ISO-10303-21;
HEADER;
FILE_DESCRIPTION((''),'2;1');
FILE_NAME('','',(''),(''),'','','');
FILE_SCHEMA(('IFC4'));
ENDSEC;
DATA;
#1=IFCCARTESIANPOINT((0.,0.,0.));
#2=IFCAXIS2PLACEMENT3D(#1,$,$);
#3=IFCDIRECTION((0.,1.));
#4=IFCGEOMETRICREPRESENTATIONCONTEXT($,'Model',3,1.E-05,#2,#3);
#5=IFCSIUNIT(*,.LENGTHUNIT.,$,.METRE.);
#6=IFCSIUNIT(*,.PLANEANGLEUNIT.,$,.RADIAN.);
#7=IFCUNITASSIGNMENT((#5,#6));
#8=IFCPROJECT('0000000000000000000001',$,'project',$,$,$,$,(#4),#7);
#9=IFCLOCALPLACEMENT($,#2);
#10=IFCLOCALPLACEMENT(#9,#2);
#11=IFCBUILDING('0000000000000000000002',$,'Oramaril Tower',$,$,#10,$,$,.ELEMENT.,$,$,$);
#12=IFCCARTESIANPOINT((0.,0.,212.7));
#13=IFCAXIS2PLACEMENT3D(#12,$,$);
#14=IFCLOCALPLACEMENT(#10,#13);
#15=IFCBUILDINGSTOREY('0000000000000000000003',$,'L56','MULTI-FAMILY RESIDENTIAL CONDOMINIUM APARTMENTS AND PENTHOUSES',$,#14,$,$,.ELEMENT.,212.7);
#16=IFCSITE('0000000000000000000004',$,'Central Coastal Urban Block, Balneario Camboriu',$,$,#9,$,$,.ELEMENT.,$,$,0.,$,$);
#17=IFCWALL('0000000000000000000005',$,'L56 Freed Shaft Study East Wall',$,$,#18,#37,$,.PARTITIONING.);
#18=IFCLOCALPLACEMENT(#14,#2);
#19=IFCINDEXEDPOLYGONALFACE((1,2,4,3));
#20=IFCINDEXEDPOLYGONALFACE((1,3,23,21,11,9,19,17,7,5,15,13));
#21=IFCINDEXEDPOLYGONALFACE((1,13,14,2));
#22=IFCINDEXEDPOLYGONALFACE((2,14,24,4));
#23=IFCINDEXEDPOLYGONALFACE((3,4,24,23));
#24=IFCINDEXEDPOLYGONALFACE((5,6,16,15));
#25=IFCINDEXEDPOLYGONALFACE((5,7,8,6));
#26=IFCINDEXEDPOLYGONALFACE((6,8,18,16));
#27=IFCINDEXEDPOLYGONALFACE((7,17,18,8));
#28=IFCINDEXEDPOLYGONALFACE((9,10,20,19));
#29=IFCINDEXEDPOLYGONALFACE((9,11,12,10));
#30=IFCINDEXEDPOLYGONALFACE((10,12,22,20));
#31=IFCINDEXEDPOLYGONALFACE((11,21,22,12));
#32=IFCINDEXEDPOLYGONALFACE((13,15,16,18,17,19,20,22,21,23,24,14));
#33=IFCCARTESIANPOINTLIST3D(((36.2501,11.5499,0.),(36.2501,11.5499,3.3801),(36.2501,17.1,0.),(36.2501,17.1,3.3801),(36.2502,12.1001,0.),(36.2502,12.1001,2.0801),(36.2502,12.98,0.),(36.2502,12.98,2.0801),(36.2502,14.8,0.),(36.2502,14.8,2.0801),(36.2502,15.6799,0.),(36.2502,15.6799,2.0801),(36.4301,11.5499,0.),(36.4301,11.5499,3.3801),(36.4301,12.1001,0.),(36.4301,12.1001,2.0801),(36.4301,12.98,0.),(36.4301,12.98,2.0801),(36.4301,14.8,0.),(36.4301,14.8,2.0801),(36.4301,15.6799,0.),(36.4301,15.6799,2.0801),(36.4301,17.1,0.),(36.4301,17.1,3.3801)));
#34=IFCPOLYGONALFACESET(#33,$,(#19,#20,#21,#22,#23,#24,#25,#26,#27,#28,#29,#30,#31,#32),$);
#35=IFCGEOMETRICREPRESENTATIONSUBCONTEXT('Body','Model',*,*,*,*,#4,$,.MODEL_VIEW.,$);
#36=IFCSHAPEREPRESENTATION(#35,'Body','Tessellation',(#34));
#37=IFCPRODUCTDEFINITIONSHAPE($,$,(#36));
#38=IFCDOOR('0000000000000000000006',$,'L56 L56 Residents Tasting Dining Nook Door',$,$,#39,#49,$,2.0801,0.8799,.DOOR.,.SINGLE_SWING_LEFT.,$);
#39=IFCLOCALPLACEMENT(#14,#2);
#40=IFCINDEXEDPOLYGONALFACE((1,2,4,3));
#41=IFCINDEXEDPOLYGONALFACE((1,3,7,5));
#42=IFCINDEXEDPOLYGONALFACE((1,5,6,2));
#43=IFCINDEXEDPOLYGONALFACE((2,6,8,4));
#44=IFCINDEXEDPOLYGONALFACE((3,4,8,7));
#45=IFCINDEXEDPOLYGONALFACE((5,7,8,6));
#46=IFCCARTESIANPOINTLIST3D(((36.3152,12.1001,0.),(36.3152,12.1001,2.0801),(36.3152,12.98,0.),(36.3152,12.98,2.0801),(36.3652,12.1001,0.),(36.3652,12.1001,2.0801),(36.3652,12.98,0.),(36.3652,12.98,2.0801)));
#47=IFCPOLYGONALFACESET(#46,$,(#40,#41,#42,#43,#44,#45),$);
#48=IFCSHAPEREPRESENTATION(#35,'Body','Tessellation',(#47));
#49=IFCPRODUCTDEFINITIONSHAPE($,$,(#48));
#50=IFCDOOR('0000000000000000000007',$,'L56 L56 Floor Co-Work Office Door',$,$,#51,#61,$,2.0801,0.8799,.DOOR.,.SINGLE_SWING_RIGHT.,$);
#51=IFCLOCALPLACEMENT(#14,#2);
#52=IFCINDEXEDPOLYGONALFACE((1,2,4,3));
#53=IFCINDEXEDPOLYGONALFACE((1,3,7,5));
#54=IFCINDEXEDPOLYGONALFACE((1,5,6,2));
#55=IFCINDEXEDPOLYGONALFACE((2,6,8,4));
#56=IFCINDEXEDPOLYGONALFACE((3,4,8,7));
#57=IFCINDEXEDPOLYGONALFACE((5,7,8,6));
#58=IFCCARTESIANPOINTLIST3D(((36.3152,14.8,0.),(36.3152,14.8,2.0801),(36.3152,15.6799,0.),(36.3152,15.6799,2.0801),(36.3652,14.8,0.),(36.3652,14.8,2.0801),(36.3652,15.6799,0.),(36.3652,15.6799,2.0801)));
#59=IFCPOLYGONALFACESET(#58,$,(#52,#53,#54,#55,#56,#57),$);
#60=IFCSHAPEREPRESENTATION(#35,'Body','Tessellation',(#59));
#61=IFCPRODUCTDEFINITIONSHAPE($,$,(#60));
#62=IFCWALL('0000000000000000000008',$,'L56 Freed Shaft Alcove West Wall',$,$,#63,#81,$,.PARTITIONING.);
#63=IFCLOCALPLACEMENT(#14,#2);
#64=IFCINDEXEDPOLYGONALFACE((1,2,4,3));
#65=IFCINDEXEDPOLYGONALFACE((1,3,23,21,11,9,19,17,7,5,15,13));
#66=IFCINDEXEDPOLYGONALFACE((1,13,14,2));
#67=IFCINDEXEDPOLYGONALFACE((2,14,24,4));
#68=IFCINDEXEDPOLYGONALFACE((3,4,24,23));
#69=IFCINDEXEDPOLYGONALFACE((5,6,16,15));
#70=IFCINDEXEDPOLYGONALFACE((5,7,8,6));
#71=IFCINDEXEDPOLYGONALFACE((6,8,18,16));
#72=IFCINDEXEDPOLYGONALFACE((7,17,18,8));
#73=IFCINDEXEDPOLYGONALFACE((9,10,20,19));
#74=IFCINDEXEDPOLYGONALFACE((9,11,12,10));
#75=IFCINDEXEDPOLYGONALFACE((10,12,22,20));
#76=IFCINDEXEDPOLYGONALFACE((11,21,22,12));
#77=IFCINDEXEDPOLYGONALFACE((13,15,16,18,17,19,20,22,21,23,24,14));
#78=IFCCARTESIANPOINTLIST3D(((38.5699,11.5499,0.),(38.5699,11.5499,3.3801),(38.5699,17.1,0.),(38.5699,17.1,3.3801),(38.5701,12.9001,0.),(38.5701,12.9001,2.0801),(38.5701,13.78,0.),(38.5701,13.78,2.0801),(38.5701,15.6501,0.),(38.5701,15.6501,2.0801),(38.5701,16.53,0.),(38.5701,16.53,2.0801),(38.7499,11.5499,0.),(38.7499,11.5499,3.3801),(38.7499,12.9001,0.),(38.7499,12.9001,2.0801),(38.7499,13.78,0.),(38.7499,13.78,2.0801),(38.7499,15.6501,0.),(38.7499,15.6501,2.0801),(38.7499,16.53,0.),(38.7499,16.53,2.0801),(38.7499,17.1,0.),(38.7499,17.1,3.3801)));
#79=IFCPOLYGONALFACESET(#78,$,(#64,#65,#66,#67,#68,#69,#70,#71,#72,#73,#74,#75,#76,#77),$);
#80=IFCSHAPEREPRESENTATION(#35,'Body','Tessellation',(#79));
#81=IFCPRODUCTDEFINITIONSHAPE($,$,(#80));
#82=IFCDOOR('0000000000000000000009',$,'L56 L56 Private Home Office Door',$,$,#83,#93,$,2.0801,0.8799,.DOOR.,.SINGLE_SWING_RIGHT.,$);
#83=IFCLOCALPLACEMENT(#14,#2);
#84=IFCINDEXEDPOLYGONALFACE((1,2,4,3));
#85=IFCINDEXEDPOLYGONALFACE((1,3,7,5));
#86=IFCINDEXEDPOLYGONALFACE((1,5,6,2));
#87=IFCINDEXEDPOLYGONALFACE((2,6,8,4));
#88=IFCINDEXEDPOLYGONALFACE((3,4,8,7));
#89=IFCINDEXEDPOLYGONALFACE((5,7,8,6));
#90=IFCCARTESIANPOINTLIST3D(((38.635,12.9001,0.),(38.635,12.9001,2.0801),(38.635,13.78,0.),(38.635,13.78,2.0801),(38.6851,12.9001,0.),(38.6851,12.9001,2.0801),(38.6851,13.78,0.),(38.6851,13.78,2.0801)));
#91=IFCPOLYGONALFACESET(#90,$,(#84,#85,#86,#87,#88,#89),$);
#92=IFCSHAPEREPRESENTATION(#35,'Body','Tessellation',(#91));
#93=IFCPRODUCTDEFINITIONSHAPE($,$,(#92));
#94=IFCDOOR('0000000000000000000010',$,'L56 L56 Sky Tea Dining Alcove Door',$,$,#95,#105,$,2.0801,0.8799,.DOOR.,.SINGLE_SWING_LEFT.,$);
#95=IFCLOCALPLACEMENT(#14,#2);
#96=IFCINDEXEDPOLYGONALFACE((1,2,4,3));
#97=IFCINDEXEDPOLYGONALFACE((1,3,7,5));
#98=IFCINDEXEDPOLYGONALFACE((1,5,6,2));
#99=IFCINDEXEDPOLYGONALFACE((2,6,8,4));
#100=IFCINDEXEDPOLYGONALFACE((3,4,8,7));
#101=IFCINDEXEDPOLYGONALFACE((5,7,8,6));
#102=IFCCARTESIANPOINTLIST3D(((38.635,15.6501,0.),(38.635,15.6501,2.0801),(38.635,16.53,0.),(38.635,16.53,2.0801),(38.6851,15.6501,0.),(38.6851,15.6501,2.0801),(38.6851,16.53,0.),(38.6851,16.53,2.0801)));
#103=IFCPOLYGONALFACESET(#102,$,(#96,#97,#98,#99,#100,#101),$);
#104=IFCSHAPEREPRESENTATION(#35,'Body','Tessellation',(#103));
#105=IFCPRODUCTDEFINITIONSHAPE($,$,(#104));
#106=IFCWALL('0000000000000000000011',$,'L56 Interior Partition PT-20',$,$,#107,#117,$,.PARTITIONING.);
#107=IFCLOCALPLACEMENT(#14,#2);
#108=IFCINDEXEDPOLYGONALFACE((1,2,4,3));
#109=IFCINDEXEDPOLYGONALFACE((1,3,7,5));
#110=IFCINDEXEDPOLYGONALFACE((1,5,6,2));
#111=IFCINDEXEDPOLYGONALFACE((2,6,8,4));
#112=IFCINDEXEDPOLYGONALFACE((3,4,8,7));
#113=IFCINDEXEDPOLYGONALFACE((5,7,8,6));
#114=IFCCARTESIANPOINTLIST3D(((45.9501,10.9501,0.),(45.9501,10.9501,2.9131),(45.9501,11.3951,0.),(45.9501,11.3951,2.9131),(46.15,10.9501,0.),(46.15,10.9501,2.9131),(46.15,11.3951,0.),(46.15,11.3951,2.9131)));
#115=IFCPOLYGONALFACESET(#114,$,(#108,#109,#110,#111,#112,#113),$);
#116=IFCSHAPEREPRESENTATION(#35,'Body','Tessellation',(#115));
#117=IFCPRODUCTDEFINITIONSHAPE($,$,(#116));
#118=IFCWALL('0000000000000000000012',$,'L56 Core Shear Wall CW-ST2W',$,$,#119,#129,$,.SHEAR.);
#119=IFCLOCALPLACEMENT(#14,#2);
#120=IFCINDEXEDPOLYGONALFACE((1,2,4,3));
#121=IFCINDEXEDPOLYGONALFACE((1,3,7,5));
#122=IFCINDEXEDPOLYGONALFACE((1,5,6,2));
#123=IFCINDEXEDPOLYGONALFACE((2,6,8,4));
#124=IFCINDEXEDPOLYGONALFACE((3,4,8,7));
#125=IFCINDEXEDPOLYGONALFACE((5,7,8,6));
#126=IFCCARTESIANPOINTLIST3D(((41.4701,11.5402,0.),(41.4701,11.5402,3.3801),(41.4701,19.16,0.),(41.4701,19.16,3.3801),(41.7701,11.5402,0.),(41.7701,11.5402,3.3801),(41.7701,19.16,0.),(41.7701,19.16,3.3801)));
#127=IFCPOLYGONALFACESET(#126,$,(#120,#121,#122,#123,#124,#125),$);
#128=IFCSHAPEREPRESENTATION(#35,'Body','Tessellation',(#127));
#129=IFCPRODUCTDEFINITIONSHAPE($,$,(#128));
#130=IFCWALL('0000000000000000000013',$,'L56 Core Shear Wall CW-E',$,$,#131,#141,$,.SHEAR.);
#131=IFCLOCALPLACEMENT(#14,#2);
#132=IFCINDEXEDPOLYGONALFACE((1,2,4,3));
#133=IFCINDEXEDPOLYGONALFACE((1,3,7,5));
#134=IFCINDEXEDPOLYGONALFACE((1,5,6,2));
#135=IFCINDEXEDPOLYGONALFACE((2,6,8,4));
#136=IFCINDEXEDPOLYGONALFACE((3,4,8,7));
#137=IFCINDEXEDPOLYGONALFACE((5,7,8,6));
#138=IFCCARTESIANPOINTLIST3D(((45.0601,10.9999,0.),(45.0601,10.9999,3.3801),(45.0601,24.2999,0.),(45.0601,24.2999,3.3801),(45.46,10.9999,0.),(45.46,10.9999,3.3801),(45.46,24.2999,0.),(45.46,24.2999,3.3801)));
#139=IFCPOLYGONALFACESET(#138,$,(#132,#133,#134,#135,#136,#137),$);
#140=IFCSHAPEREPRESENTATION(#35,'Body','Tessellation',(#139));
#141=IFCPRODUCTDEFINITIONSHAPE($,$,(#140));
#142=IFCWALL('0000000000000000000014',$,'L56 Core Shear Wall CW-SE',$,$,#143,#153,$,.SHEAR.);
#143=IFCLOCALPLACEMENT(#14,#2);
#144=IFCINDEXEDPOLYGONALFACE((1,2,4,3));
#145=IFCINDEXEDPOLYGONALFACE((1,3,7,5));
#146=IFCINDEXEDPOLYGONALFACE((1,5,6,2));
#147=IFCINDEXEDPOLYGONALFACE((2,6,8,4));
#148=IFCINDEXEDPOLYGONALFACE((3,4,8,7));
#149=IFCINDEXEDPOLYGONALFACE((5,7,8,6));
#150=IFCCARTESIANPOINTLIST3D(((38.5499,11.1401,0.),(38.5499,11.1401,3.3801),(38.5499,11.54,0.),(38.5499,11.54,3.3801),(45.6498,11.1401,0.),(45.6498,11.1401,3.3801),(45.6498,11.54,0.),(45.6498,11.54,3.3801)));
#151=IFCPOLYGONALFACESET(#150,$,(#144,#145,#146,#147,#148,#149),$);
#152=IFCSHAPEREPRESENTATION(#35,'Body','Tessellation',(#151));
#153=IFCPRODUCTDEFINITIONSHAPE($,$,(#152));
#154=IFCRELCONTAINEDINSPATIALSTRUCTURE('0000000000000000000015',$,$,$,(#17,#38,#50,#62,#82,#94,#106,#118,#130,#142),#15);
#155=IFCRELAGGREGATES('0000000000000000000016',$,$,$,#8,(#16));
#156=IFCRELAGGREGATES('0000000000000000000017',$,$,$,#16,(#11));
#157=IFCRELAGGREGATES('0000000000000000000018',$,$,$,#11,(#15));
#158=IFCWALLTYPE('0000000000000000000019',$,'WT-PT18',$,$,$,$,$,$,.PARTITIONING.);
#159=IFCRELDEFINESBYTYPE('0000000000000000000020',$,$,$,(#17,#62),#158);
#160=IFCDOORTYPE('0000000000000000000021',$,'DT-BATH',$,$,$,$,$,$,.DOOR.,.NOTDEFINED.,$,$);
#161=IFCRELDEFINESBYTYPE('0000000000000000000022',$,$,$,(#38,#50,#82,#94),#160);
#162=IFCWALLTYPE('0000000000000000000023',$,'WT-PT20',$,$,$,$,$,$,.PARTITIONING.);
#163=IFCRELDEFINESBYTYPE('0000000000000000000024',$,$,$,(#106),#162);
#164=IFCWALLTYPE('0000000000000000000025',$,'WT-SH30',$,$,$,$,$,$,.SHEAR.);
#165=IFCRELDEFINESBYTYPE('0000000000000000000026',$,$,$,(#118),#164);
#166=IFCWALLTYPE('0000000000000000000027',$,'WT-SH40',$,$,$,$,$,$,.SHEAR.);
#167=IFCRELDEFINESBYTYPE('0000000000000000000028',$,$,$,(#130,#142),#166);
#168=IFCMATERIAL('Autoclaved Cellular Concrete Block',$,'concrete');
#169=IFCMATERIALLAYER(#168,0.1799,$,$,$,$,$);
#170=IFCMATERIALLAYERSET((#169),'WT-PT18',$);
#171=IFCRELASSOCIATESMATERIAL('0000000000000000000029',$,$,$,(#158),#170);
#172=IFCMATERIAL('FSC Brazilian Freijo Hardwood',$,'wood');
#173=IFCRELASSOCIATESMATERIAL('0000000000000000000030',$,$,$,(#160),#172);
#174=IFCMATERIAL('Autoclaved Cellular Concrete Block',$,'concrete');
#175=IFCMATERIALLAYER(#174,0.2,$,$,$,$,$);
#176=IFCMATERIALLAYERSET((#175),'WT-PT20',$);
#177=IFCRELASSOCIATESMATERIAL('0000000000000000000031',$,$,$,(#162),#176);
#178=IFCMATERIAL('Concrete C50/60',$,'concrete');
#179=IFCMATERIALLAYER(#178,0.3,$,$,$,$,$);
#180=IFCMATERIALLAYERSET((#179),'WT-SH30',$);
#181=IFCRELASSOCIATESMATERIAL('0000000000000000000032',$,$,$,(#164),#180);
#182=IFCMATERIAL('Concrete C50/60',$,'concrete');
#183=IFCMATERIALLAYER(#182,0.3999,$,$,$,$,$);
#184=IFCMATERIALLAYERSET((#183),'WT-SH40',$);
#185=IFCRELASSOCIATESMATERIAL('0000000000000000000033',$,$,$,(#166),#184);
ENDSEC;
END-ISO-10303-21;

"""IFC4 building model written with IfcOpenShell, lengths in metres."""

from ifc_helpers import new_model, si_unit, direction, frame, frame_2d, origin, place, context, subcontext, project, spatial, rectangle, extrude, material, layer, layer_set, type_object, element, fill, save


model = new_model("IFC4")

# Units and contexts
model_context = context("Model", 3, precision=1e-05, world=origin(), true_north=direction((0.0, 1.0)))
body_context = subcontext(model_context, "Body", "Model", "MODEL_VIEW")
ifc_project = project(units=[si_unit("LENGTHUNIT", "METRE"), si_unit("PLANEANGLEUNIT", "RADIAN")], contexts=[model_context])

# Site, building, storey
site_placement = place(None, origin())
site = spatial("IfcSite", under=ifc_project, at=site_placement, Name="Central Coastal Urban Block, Balneario Camboriu", CompositionType="ELEMENT", RefElevation=0.0)
building_placement = place(site_placement, origin())
building = spatial("IfcBuilding", under=site, at=building_placement, Name="Oramaril Tower", CompositionType="ELEMENT")
storey_placement = place(building_placement, frame((0.0, 0.0, 212.7)))
storey = spatial("IfcBuildingStorey", under=building, at=storey_placement, Name="L56", Description="MULTI-FAMILY RESIDENTIAL CONDOMINIUM APARTMENTS AND PENTHOUSES", CompositionType="ELEMENT", Elevation=212.7)

# Shared definitions
ifc_material_1 = material(Name="Autoclaved Cellular Concrete Block", Category="concrete")
ifc_layer_1 = layer(ifc_material_1, 0.1799)
ifc_layer_set_1 = layer_set([ifc_layer_1], Name="WT-PT18")
wall_type_1 = type_object("IfcWallType", Name="WT-PT18", PredefinedType="PARTITIONING", material=ifc_layer_set_1)

# Walls, openings, doors
wall_1_placement = place(storey_placement, frame((36.3401, 11.55, 0.0), z_axis=(0.0, 0.0, 1.0), x_axis=(0.0, 1.0, 0.0)))
wall_1 = element("IfcWall", 1, at=wall_1_placement, inside=storey, type_object=wall_type_1, Name="L56 Freed Shaft Study East Wall", PredefinedType="PARTITIONING", context=body_context, shape_type="SweptSolid", body=[
    extrude(rectangle(XDim=5.55, YDim=0.1799, at=frame_2d((2.7749, 0.0))), origin(), (0.0, 0.0, 1.0), 3.3801),
])
opening_1_placement = place(wall_1_placement, frame((0.55, 0.0, 0.0)))
opening_1 = element("IfcOpeningElement", 2, at=opening_1_placement, cuts=wall_1, PredefinedType="OPENING", context=body_context, shape_type="SweptSolid", body=[
    extrude(rectangle(XDim=0.8799, YDim=2.0801, at=frame_2d((0.4399, 1.04))), frame((0.0, 0.0898, 0.0), z_axis=(0.0, -1.0, 0.0), x_axis=(1.0, 0.0, 0.0)), (0.0, 0.0, 1.0), 0.1799),
])
opening_2_placement = place(wall_1_placement, frame((3.25, 0.0, 0.0)))
opening_2 = element("IfcOpeningElement", 3, at=opening_2_placement, cuts=wall_1, PredefinedType="OPENING", context=body_context, shape_type="SweptSolid", body=[
    extrude(rectangle(XDim=0.8799, YDim=2.0801, at=frame_2d((0.4399, 1.04))), frame((0.0, 0.0898, 0.0), z_axis=(0.0, -1.0, 0.0), x_axis=(1.0, 0.0, 0.0)), (0.0, 0.0, 1.0), 0.1799),
])
ifc_material_2 = material(Name="FSC Brazilian Freijo Hardwood", Category="wood")
door_type_1 = type_object("IfcDoorType", Name="DT-BATH", OperationType="NOTDEFINED", PredefinedType="DOOR", material=ifc_material_2)
door_1_placement = place(opening_1_placement, origin())
door_1 = element("IfcDoor", 4, at=door_1_placement, inside=storey, type_object=door_type_1, Name="L56 L56 Residents Tasting Dining Nook Door", OperationType="SINGLE_SWING_LEFT", OverallHeight=2.0801, OverallWidth=0.8799, PredefinedType="DOOR", context=body_context, shape_type="SweptSolid", body=[
    extrude(rectangle(XDim=0.8799, YDim=2.0801, at=frame_2d((0.4399, 1.04))), frame((0.0, 0.0249, 0.0), z_axis=(0.0, -1.0, 0.0), x_axis=(1.0, 0.0, 0.0)), (0.0, 0.0, 1.0), 0.05),
])
fill(opening_1, door_1)
door_2_placement = place(opening_2_placement, origin())
door_2 = element("IfcDoor", 5, at=door_2_placement, inside=storey, type_object=door_type_1, Name="L56 L56 Floor Co-Work Office Door", OperationType="SINGLE_SWING_RIGHT", OverallHeight=2.0801, OverallWidth=0.8799, PredefinedType="DOOR", context=body_context, shape_type="SweptSolid", body=[
    extrude(rectangle(XDim=0.8799, YDim=2.0801, at=frame_2d((0.4399, 1.04))), frame((0.0, 0.0249, 0.0), z_axis=(0.0, -1.0, 0.0), x_axis=(1.0, 0.0, 0.0)), (0.0, 0.0, 1.0), 0.05),
])
fill(opening_2, door_2)
wall_2_placement = place(storey_placement, frame((38.6599, 11.55, 0.0), z_axis=(0.0, 0.0, 1.0), x_axis=(0.0, 1.0, 0.0)))
wall_2 = element("IfcWall", 6, at=wall_2_placement, inside=storey, type_object=wall_type_1, Name="L56 Freed Shaft Alcove West Wall", PredefinedType="PARTITIONING", context=body_context, shape_type="SweptSolid", body=[
    extrude(rectangle(XDim=5.55, YDim=0.1799, at=frame_2d((2.7749, 0.0))), origin(), (0.0, 0.0, 1.0), 3.3801),
])
opening_3_placement = place(wall_2_placement, frame((1.3501, 0.0, 0.0)))
opening_3 = element("IfcOpeningElement", 7, at=opening_3_placement, cuts=wall_2, PredefinedType="OPENING", context=body_context, shape_type="SweptSolid", body=[
    extrude(rectangle(XDim=0.8799, YDim=2.0801, at=frame_2d((0.4399, 1.04))), frame((0.0, 0.0898, 0.0), z_axis=(0.0, -1.0, 0.0), x_axis=(1.0, 0.0, 0.0)), (0.0, 0.0, 1.0), 0.1799),
])
opening_4_placement = place(wall_2_placement, frame((4.1001, 0.0, 0.0)))
opening_4 = element("IfcOpeningElement", 8, at=opening_4_placement, cuts=wall_2, PredefinedType="OPENING", context=body_context, shape_type="SweptSolid", body=[
    extrude(rectangle(XDim=0.8799, YDim=2.0801, at=frame_2d((0.4399, 1.04))), frame((0.0, 0.0898, 0.0), z_axis=(0.0, -1.0, 0.0), x_axis=(1.0, 0.0, 0.0)), (0.0, 0.0, 1.0), 0.1799),
])
door_3_placement = place(opening_3_placement, origin())
door_3 = element("IfcDoor", 9, at=door_3_placement, inside=storey, type_object=door_type_1, Name="L56 L56 Private Home Office Door", OperationType="SINGLE_SWING_RIGHT", OverallHeight=2.0801, OverallWidth=0.8799, PredefinedType="DOOR", context=body_context, shape_type="SweptSolid", body=[
    extrude(rectangle(XDim=0.8799, YDim=2.0801, at=frame_2d((0.4399, 1.04))), frame((0.0, 0.0249, 0.0), z_axis=(0.0, -1.0, 0.0), x_axis=(1.0, 0.0, 0.0)), (0.0, 0.0, 1.0), 0.05),
])
fill(opening_3, door_3)
door_4_placement = place(opening_4_placement, origin())
door_4 = element("IfcDoor", 10, at=door_4_placement, inside=storey, type_object=door_type_1, Name="L56 L56 Sky Tea Dining Alcove Door", OperationType="SINGLE_SWING_LEFT", OverallHeight=2.0801, OverallWidth=0.8799, PredefinedType="DOOR", context=body_context, shape_type="SweptSolid", body=[
    extrude(rectangle(XDim=0.8799, YDim=2.0801, at=frame_2d((0.4399, 1.04))), frame((0.0, 0.0249, 0.0), z_axis=(0.0, -1.0, 0.0), x_axis=(1.0, 0.0, 0.0)), (0.0, 0.0, 1.0), 0.05),
])
fill(opening_4, door_4)

# Walls
ifc_material_3 = material(Name="Autoclaved Cellular Concrete Block", Category="concrete")
ifc_layer_2 = layer(ifc_material_3, 0.2)
ifc_layer_set_2 = layer_set([ifc_layer_2], Name="WT-PT20")
wall_type_2 = type_object("IfcWallType", Name="WT-PT20", PredefinedType="PARTITIONING", material=ifc_layer_set_2)
wall_3_placement = place(storey_placement, frame((46.05, 10.95, 0.0), z_axis=(0.0, 0.0, 1.0), x_axis=(0.0, 1.0, 0.0)))
element("IfcWall", 11, at=wall_3_placement, inside=storey, type_object=wall_type_2, Name="L56 Interior Partition PT-20", PredefinedType="PARTITIONING", context=body_context, shape_type="SweptSolid", body=[
    extrude(rectangle(XDim=0.4451, YDim=0.2, at=frame_2d((0.2227, 0.0))), origin(), (0.0, 0.0, 1.0), 2.9131),
])
ifc_material_4 = material(Name="Concrete C50/60", Category="concrete")
ifc_layer_3 = layer(ifc_material_4, 0.3)
ifc_layer_set_3 = layer_set([ifc_layer_3], Name="WT-SH30")
wall_type_3 = type_object("IfcWallType", Name="WT-SH30", PredefinedType="SHEAR", material=ifc_layer_set_3)
wall_4_placement = place(storey_placement, frame((41.6201, 11.54, 0.0), z_axis=(0.0, 0.0, 1.0), x_axis=(0.0, 1.0, 0.0)))
element("IfcWall", 12, at=wall_4_placement, inside=storey, type_object=wall_type_3, Name="L56 Core Shear Wall CW-ST2W", PredefinedType="SHEAR", context=body_context, shape_type="SweptSolid", body=[
    extrude(rectangle(XDim=7.6199, YDim=0.3, at=frame_2d((3.8101, 0.0))), origin(), (0.0, 0.0, 1.0), 3.3801),
])
ifc_material_5 = material(Name="Concrete C50/60", Category="concrete")
ifc_layer_4 = layer(ifc_material_5, 0.3999)
ifc_layer_set_4 = layer_set([ifc_layer_4], Name="WT-SH40")
wall_type_4 = type_object("IfcWallType", Name="WT-SH40", PredefinedType="SHEAR", material=ifc_layer_set_4)
wall_5_placement = place(storey_placement, frame((45.26, 11.0, 0.0), z_axis=(0.0, 0.0, 1.0), x_axis=(0.0, 1.0, 0.0)))
element("IfcWall", 13, at=wall_5_placement, inside=storey, type_object=wall_type_4, Name="L56 Core Shear Wall CW-E", PredefinedType="SHEAR", context=body_context, shape_type="SweptSolid", body=[
    extrude(rectangle(XDim=13.3, YDim=0.3999, at=frame_2d((6.6499, 0.0))), origin(), (0.0, 0.0, 1.0), 3.3801),
])
wall_6_placement = place(storey_placement, frame((38.55, 11.3401, 0.0), z_axis=(0.0, 0.0, 1.0), x_axis=(1.0, 0.0, 0.0)))
element("IfcWall", 14, at=wall_6_placement, inside=storey, type_object=wall_type_4, Name="L56 Core Shear Wall CW-SE", PredefinedType="SHEAR", context=body_context, shape_type="SweptSolid", body=[
    extrude(rectangle(XDim=7.0999, YDim=0.3999, at=frame_2d((3.5498, 0.0))), origin(), (0.0, 0.0, 1.0), 3.3801),
])

save(model, "model.ifc")
